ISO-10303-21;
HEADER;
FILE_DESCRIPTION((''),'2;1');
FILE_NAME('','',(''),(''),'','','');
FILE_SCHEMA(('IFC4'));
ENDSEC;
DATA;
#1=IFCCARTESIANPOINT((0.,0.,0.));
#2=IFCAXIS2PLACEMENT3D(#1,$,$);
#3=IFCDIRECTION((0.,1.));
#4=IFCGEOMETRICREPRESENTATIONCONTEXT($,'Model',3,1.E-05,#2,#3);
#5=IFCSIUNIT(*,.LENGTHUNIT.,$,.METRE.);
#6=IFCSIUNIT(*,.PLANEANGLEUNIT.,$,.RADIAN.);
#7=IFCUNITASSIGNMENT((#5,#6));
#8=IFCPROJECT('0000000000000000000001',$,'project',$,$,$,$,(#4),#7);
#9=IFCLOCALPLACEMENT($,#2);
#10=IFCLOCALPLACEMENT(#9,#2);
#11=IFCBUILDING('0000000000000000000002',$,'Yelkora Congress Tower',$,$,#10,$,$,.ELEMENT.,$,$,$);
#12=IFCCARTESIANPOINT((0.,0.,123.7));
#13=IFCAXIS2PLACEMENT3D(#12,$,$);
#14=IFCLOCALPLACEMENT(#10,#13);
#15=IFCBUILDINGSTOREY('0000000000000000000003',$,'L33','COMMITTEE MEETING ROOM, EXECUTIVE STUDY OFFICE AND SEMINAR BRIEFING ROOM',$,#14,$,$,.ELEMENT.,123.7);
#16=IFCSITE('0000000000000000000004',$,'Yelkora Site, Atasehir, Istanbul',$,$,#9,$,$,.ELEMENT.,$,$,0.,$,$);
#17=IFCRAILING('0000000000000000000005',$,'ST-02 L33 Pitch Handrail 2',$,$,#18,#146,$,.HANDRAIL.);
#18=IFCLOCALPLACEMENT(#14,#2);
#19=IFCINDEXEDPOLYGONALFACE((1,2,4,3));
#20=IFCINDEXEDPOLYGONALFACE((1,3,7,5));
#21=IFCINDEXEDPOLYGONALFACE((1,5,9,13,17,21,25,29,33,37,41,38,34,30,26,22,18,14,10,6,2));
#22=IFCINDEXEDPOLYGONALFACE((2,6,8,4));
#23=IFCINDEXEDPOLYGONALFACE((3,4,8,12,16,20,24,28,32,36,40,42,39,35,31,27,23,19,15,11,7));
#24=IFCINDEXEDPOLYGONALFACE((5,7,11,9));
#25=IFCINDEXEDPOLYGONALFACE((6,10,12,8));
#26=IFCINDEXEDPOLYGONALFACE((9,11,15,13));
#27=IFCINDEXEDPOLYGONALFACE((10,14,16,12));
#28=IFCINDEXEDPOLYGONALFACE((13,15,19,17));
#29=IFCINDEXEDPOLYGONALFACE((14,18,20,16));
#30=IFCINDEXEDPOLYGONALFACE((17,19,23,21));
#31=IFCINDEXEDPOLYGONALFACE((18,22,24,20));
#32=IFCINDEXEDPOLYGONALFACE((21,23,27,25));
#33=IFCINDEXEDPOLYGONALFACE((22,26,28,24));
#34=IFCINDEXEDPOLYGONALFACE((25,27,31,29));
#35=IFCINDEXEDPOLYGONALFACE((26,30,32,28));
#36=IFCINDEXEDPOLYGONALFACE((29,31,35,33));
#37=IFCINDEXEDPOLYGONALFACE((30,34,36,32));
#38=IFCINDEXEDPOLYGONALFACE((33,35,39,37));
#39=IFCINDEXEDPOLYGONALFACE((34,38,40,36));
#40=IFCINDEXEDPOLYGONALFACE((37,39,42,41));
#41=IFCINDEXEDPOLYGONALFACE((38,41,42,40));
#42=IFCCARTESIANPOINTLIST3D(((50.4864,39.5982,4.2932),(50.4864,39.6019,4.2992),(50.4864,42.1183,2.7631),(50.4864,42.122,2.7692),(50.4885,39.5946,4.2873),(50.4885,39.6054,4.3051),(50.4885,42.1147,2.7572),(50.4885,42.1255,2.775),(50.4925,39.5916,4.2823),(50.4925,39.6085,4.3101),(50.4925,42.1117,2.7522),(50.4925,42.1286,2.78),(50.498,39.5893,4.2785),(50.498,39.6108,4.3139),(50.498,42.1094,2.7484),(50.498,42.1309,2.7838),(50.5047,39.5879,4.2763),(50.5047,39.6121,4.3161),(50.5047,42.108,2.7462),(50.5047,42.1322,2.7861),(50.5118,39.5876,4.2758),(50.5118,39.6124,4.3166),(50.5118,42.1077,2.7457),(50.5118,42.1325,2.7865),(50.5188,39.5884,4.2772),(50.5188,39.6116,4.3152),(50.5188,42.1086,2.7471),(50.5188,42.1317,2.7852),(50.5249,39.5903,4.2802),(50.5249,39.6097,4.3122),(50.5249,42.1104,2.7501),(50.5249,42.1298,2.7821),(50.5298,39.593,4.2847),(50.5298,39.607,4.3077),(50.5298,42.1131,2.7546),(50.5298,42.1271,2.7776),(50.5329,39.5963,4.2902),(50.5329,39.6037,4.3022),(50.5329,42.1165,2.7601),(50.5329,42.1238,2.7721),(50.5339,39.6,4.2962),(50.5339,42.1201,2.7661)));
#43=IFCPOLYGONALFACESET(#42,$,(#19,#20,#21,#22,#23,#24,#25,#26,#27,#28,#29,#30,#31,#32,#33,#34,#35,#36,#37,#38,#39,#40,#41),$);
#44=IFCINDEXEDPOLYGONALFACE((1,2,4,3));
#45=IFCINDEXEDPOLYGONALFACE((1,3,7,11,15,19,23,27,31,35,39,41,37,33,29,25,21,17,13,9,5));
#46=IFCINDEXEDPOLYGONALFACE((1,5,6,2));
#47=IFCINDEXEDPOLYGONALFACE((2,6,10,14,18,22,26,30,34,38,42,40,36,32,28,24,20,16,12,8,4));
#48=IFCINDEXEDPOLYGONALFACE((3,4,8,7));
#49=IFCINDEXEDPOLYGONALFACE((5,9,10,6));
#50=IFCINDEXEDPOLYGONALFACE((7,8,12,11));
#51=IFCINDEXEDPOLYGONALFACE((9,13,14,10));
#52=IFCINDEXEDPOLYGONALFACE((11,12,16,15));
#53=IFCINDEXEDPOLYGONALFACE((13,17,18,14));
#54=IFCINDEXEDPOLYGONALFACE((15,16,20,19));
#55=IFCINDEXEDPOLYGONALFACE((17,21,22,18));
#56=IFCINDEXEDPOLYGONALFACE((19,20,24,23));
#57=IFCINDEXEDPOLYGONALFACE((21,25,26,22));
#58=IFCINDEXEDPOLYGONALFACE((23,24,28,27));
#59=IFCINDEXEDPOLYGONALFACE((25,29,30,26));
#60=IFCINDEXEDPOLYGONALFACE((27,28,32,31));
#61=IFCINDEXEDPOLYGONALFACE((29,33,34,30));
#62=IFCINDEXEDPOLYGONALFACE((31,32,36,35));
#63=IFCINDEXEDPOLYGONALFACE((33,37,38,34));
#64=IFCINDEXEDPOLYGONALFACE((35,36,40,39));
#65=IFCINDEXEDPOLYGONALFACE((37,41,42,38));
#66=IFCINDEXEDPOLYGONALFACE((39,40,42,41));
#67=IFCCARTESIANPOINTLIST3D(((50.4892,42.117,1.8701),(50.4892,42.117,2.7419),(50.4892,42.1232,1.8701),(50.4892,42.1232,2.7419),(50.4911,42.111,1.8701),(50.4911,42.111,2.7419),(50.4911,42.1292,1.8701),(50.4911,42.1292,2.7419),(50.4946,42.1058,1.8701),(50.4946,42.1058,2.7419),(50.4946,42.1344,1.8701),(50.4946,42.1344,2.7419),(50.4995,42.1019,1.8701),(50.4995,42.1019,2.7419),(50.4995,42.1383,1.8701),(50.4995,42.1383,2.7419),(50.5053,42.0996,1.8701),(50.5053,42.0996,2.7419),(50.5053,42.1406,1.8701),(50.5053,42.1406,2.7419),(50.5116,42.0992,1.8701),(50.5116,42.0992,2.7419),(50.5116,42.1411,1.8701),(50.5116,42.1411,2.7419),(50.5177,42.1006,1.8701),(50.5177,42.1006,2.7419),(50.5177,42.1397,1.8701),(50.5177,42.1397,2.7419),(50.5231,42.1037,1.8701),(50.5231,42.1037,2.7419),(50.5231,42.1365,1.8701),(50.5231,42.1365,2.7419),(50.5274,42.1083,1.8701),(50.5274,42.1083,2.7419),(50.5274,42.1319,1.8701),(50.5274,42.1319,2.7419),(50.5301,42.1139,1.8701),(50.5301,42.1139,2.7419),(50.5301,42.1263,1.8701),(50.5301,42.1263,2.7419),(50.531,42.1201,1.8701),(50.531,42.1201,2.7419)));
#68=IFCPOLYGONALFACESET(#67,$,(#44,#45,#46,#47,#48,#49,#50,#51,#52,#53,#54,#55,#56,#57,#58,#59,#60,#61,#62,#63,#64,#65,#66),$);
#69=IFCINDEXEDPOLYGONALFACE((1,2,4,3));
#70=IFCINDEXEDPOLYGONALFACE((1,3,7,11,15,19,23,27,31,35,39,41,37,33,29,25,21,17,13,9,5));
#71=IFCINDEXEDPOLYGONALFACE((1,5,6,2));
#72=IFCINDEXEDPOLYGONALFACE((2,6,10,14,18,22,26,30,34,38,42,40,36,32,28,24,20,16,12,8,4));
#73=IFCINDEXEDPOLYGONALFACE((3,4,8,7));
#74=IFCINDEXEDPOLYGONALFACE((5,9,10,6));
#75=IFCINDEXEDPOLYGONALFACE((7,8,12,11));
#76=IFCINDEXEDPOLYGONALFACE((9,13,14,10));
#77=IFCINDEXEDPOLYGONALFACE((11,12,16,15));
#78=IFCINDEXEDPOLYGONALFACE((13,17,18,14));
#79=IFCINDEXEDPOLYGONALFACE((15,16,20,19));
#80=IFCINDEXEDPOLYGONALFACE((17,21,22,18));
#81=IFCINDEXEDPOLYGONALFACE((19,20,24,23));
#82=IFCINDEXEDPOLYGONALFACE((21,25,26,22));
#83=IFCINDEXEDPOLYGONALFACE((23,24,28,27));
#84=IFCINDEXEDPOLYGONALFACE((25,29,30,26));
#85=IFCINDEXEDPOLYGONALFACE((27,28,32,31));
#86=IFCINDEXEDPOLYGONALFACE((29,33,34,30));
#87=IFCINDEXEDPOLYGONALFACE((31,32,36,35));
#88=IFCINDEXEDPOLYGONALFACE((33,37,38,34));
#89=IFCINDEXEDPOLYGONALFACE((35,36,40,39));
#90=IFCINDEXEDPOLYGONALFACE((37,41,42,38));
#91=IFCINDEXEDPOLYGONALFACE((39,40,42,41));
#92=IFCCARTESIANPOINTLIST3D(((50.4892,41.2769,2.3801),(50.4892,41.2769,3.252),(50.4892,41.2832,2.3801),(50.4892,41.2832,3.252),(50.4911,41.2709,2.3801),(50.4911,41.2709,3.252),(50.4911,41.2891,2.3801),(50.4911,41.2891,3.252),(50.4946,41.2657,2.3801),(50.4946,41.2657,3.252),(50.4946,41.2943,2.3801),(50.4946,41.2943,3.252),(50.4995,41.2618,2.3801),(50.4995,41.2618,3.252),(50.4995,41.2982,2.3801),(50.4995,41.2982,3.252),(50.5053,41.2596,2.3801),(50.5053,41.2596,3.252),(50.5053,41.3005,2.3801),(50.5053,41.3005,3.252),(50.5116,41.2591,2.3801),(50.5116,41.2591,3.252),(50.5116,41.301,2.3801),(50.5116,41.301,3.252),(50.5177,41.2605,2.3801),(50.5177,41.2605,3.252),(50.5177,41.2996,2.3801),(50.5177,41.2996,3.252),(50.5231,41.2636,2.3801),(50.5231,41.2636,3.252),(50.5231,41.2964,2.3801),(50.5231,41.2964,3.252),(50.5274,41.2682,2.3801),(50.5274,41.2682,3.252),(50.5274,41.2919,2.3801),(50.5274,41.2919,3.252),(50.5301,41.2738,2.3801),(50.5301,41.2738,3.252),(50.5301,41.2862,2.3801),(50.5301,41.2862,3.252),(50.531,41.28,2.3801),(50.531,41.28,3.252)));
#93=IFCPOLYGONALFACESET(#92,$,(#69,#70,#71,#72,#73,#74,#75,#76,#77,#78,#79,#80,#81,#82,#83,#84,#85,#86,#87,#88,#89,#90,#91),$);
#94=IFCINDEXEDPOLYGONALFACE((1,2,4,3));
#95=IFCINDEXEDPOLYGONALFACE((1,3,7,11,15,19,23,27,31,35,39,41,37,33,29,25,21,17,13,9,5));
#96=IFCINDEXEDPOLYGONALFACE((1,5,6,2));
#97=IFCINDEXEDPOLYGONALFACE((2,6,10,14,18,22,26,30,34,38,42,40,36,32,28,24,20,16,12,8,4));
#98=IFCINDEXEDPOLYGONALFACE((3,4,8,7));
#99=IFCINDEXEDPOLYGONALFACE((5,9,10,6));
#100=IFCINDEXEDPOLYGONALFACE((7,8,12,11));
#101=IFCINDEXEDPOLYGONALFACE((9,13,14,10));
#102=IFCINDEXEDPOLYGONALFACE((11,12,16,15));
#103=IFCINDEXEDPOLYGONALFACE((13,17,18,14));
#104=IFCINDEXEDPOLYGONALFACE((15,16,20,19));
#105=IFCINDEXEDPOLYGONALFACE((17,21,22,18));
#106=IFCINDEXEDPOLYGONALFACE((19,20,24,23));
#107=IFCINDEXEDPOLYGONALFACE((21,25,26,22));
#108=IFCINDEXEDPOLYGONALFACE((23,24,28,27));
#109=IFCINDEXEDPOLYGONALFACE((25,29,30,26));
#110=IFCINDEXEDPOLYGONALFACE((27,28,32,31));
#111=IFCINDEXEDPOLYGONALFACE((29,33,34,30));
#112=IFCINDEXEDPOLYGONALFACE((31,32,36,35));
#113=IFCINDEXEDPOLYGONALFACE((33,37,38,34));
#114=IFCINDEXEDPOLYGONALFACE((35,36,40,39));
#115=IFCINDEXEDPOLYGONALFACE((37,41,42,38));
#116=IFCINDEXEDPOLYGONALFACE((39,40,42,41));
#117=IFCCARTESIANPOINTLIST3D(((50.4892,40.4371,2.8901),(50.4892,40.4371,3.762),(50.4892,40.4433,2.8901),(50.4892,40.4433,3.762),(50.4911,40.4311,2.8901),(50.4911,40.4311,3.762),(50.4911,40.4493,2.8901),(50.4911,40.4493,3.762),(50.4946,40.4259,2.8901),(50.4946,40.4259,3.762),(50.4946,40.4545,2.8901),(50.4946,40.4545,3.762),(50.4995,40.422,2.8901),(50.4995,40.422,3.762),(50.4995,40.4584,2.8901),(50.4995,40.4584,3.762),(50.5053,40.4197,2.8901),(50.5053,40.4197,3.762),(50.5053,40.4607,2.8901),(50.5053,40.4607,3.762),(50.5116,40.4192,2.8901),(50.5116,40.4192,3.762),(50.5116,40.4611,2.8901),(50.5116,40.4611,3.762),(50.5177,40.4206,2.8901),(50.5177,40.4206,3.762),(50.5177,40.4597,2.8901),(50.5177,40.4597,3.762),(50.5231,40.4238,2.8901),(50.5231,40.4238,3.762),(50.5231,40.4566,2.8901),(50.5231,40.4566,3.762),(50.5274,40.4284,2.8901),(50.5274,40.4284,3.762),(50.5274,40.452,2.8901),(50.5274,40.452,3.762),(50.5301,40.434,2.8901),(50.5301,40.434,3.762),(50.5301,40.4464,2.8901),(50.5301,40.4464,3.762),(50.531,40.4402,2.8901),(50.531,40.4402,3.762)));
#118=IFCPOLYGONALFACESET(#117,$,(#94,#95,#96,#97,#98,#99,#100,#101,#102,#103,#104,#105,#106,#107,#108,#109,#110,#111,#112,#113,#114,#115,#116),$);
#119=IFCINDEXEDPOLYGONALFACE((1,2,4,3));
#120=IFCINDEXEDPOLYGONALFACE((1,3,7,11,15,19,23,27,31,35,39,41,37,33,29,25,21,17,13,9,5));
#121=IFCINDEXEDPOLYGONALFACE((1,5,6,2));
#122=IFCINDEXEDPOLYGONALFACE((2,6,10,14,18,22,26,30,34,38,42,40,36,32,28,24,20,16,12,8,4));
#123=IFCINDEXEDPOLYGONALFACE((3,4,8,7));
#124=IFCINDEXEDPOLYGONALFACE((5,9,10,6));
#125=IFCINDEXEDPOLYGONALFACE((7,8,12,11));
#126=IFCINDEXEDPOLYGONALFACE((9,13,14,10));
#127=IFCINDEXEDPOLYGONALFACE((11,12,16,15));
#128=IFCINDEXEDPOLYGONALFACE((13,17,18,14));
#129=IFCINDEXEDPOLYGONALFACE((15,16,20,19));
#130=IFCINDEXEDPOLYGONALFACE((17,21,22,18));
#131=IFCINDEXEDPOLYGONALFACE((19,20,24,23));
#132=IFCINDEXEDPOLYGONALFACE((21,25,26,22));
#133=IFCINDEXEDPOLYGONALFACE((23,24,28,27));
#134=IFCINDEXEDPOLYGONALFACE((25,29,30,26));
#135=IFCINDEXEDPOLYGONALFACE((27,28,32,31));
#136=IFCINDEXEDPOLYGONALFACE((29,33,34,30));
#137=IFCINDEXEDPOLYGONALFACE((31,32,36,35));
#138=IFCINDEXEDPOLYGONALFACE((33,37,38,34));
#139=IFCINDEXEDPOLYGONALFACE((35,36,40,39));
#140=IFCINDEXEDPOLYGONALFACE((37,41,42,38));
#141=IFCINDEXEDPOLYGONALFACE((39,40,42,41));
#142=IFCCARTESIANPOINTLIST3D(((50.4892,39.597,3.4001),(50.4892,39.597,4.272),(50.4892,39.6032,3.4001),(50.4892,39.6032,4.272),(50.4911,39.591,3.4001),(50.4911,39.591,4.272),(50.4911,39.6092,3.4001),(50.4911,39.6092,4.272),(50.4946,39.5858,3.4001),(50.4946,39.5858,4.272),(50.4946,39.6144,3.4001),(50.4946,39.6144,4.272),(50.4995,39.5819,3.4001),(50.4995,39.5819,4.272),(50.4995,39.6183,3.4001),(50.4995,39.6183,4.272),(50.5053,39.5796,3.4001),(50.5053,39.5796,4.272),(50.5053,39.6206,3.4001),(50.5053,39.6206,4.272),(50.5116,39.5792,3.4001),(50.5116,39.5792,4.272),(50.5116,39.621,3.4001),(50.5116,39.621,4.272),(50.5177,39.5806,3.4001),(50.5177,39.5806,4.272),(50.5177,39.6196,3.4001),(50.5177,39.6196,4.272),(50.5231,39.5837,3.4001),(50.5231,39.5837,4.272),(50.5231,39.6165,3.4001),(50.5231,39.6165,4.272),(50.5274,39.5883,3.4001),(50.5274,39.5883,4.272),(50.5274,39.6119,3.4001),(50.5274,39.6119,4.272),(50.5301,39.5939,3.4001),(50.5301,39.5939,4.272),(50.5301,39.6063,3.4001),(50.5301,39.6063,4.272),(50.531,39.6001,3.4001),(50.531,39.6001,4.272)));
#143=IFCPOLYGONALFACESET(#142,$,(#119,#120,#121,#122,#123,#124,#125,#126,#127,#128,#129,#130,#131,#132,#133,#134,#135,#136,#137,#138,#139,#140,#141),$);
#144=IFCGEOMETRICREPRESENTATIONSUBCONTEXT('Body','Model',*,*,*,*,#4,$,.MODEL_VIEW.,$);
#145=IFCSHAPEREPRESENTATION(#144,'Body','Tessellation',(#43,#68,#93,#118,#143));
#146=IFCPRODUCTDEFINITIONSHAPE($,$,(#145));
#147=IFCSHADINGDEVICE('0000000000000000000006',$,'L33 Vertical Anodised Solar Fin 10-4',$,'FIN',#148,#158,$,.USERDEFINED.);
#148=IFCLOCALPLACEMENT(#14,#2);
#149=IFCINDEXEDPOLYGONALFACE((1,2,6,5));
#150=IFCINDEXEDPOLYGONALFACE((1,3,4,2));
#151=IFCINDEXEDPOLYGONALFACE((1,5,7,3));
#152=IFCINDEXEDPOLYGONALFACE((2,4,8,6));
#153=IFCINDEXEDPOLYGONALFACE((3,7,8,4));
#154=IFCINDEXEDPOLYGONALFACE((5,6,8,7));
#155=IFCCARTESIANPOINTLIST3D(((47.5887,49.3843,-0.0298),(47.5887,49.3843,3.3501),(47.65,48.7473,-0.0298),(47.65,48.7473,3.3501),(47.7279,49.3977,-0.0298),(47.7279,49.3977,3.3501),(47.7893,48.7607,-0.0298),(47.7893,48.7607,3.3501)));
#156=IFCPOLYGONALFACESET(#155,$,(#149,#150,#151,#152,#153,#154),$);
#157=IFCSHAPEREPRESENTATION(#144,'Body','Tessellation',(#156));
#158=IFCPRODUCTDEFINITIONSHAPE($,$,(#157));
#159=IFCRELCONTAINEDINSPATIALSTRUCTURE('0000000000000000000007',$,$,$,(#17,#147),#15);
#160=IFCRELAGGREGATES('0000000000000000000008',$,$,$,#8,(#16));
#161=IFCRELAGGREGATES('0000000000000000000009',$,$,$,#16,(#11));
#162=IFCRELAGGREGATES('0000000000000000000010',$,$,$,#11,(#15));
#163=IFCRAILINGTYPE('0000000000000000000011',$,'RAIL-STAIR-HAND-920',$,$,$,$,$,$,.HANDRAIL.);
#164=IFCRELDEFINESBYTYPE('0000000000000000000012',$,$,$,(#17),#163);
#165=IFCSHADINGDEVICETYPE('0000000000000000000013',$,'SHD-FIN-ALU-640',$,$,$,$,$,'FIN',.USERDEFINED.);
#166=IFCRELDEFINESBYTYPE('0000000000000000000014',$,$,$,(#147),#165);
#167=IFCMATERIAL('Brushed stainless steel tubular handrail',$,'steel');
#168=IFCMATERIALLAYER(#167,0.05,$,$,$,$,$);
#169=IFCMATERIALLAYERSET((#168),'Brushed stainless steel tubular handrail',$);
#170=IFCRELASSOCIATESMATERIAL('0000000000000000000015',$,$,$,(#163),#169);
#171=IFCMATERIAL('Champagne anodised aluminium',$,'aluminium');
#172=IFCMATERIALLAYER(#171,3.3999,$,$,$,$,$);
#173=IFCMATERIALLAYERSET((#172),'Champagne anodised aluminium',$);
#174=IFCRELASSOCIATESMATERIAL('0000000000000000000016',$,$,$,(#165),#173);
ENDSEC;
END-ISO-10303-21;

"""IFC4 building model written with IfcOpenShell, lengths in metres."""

from ifc_helpers import new_model, si_unit, direction, frame, origin, origin_2d, place, context, subcontext, project, spatial, rectangle, circle, extrude, material, layer, layer_set, type_object, element, save


model = new_model("IFC4")

# Units and contexts
model_context = context("Model", 3, precision=1e-05, world=origin(), true_north=direction((0.0, 1.0)))
body_context = subcontext(model_context, "Body", "Model", "MODEL_VIEW")
ifc_project = project(units=[si_unit("LENGTHUNIT", "METRE"), si_unit("PLANEANGLEUNIT", "RADIAN")], contexts=[model_context])

# Site, building, storey
site_placement = place(None, origin())
site = spatial("IfcSite", under=ifc_project, at=site_placement, Name="Yelkora Site, Atasehir, Istanbul", CompositionType="ELEMENT", RefElevation=0.0)
building_placement = place(site_placement, origin())
building = spatial("IfcBuilding", under=site, at=building_placement, Name="Yelkora Congress Tower", CompositionType="ELEMENT")
storey_placement = place(building_placement, frame((0.0, 0.0, 123.7)))
storey = spatial("IfcBuildingStorey", under=building, at=storey_placement, Name="L33", Description="COMMITTEE MEETING ROOM, EXECUTIVE STUDY OFFICE AND SEMINAR BRIEFING ROOM", CompositionType="ELEMENT", Elevation=123.7)

# Railing
ifc_material_1 = material(Name="Brushed stainless steel tubular handrail", Category="steel")
ifc_layer_1 = layer(ifc_material_1, 0.05)
ifc_layer_set_1 = layer_set([ifc_layer_1], Name="Brushed stainless steel tubular handrail")
railing_type_1 = type_object("IfcRailingType", Name="RAIL-STAIR-HAND-920", PredefinedType="HANDRAIL", material=ifc_layer_set_1)
railing_1_placement = place(storey_placement, frame((50.51, 42.1201, 1.8701)))
element("IfcRailing", 1, at=railing_1_placement, inside=storey, type_object=railing_type_1, Name="ST-02 L33 Pitch Handrail 2", PredefinedType="HANDRAIL", context=body_context, shape_type="SweptSolid", body=[
    extrude(circle(Radius=0.0239, at=origin_2d()), frame((0.0, 0.0, 0.896), z_axis=(0.0, -0.854785, 0.518982), x_axis=(1.0, 0.0, 0.0)), (0.0, 0.0, 1.0), 2.9482),
    extrude(circle(Radius=0.021, at=origin_2d()), origin(), (0.0, 0.0, 1.0), 0.8718),
    extrude(circle(Radius=0.021, at=origin_2d()), frame((0.0, -0.8401, 0.51)), (0.0, 0.0, 1.0), 0.8718),
    extrude(circle(Radius=0.021, at=origin_2d()), frame((0.0, -1.6799, 1.02)), (0.0, 0.0, 1.0), 0.8718),
    extrude(circle(Radius=0.021, at=origin_2d()), frame((0.0, -2.52, 1.53)), (0.0, 0.0, 1.0), 0.8718),
])

# Shading device
ifc_material_2 = material(Name="Champagne anodised aluminium", Category="aluminium")
ifc_layer_2 = layer(ifc_material_2, 3.3999)
ifc_layer_set_2 = layer_set([ifc_layer_2], Name="Champagne anodised aluminium")
shading_device_type = type_object("IfcShadingDeviceType", Name="SHD-FIN-ALU-640", ElementType="FIN", PredefinedType="USERDEFINED", material=ifc_layer_set_2)
shading_device_placement = place(storey_placement, frame((47.689, 49.0725, -0.0298), z_axis=(0.0, 0.0, 1.0), x_axis=(0.995396, 0.095846, 0.0)))
element("IfcShadingDevice", 2, at=shading_device_placement, inside=storey, type_object=shading_device_type, Name="L33 Vertical Anodised Solar Fin 10-4", ObjectType="FIN", PredefinedType="USERDEFINED", context=body_context, shape_type="SweptSolid", body=[
    extrude(rectangle(XDim=0.1399, YDim=0.6399, at=origin_2d()), origin(), (0.0, 0.0, 1.0), 3.3799),
])

save(model, "model.ifc")
